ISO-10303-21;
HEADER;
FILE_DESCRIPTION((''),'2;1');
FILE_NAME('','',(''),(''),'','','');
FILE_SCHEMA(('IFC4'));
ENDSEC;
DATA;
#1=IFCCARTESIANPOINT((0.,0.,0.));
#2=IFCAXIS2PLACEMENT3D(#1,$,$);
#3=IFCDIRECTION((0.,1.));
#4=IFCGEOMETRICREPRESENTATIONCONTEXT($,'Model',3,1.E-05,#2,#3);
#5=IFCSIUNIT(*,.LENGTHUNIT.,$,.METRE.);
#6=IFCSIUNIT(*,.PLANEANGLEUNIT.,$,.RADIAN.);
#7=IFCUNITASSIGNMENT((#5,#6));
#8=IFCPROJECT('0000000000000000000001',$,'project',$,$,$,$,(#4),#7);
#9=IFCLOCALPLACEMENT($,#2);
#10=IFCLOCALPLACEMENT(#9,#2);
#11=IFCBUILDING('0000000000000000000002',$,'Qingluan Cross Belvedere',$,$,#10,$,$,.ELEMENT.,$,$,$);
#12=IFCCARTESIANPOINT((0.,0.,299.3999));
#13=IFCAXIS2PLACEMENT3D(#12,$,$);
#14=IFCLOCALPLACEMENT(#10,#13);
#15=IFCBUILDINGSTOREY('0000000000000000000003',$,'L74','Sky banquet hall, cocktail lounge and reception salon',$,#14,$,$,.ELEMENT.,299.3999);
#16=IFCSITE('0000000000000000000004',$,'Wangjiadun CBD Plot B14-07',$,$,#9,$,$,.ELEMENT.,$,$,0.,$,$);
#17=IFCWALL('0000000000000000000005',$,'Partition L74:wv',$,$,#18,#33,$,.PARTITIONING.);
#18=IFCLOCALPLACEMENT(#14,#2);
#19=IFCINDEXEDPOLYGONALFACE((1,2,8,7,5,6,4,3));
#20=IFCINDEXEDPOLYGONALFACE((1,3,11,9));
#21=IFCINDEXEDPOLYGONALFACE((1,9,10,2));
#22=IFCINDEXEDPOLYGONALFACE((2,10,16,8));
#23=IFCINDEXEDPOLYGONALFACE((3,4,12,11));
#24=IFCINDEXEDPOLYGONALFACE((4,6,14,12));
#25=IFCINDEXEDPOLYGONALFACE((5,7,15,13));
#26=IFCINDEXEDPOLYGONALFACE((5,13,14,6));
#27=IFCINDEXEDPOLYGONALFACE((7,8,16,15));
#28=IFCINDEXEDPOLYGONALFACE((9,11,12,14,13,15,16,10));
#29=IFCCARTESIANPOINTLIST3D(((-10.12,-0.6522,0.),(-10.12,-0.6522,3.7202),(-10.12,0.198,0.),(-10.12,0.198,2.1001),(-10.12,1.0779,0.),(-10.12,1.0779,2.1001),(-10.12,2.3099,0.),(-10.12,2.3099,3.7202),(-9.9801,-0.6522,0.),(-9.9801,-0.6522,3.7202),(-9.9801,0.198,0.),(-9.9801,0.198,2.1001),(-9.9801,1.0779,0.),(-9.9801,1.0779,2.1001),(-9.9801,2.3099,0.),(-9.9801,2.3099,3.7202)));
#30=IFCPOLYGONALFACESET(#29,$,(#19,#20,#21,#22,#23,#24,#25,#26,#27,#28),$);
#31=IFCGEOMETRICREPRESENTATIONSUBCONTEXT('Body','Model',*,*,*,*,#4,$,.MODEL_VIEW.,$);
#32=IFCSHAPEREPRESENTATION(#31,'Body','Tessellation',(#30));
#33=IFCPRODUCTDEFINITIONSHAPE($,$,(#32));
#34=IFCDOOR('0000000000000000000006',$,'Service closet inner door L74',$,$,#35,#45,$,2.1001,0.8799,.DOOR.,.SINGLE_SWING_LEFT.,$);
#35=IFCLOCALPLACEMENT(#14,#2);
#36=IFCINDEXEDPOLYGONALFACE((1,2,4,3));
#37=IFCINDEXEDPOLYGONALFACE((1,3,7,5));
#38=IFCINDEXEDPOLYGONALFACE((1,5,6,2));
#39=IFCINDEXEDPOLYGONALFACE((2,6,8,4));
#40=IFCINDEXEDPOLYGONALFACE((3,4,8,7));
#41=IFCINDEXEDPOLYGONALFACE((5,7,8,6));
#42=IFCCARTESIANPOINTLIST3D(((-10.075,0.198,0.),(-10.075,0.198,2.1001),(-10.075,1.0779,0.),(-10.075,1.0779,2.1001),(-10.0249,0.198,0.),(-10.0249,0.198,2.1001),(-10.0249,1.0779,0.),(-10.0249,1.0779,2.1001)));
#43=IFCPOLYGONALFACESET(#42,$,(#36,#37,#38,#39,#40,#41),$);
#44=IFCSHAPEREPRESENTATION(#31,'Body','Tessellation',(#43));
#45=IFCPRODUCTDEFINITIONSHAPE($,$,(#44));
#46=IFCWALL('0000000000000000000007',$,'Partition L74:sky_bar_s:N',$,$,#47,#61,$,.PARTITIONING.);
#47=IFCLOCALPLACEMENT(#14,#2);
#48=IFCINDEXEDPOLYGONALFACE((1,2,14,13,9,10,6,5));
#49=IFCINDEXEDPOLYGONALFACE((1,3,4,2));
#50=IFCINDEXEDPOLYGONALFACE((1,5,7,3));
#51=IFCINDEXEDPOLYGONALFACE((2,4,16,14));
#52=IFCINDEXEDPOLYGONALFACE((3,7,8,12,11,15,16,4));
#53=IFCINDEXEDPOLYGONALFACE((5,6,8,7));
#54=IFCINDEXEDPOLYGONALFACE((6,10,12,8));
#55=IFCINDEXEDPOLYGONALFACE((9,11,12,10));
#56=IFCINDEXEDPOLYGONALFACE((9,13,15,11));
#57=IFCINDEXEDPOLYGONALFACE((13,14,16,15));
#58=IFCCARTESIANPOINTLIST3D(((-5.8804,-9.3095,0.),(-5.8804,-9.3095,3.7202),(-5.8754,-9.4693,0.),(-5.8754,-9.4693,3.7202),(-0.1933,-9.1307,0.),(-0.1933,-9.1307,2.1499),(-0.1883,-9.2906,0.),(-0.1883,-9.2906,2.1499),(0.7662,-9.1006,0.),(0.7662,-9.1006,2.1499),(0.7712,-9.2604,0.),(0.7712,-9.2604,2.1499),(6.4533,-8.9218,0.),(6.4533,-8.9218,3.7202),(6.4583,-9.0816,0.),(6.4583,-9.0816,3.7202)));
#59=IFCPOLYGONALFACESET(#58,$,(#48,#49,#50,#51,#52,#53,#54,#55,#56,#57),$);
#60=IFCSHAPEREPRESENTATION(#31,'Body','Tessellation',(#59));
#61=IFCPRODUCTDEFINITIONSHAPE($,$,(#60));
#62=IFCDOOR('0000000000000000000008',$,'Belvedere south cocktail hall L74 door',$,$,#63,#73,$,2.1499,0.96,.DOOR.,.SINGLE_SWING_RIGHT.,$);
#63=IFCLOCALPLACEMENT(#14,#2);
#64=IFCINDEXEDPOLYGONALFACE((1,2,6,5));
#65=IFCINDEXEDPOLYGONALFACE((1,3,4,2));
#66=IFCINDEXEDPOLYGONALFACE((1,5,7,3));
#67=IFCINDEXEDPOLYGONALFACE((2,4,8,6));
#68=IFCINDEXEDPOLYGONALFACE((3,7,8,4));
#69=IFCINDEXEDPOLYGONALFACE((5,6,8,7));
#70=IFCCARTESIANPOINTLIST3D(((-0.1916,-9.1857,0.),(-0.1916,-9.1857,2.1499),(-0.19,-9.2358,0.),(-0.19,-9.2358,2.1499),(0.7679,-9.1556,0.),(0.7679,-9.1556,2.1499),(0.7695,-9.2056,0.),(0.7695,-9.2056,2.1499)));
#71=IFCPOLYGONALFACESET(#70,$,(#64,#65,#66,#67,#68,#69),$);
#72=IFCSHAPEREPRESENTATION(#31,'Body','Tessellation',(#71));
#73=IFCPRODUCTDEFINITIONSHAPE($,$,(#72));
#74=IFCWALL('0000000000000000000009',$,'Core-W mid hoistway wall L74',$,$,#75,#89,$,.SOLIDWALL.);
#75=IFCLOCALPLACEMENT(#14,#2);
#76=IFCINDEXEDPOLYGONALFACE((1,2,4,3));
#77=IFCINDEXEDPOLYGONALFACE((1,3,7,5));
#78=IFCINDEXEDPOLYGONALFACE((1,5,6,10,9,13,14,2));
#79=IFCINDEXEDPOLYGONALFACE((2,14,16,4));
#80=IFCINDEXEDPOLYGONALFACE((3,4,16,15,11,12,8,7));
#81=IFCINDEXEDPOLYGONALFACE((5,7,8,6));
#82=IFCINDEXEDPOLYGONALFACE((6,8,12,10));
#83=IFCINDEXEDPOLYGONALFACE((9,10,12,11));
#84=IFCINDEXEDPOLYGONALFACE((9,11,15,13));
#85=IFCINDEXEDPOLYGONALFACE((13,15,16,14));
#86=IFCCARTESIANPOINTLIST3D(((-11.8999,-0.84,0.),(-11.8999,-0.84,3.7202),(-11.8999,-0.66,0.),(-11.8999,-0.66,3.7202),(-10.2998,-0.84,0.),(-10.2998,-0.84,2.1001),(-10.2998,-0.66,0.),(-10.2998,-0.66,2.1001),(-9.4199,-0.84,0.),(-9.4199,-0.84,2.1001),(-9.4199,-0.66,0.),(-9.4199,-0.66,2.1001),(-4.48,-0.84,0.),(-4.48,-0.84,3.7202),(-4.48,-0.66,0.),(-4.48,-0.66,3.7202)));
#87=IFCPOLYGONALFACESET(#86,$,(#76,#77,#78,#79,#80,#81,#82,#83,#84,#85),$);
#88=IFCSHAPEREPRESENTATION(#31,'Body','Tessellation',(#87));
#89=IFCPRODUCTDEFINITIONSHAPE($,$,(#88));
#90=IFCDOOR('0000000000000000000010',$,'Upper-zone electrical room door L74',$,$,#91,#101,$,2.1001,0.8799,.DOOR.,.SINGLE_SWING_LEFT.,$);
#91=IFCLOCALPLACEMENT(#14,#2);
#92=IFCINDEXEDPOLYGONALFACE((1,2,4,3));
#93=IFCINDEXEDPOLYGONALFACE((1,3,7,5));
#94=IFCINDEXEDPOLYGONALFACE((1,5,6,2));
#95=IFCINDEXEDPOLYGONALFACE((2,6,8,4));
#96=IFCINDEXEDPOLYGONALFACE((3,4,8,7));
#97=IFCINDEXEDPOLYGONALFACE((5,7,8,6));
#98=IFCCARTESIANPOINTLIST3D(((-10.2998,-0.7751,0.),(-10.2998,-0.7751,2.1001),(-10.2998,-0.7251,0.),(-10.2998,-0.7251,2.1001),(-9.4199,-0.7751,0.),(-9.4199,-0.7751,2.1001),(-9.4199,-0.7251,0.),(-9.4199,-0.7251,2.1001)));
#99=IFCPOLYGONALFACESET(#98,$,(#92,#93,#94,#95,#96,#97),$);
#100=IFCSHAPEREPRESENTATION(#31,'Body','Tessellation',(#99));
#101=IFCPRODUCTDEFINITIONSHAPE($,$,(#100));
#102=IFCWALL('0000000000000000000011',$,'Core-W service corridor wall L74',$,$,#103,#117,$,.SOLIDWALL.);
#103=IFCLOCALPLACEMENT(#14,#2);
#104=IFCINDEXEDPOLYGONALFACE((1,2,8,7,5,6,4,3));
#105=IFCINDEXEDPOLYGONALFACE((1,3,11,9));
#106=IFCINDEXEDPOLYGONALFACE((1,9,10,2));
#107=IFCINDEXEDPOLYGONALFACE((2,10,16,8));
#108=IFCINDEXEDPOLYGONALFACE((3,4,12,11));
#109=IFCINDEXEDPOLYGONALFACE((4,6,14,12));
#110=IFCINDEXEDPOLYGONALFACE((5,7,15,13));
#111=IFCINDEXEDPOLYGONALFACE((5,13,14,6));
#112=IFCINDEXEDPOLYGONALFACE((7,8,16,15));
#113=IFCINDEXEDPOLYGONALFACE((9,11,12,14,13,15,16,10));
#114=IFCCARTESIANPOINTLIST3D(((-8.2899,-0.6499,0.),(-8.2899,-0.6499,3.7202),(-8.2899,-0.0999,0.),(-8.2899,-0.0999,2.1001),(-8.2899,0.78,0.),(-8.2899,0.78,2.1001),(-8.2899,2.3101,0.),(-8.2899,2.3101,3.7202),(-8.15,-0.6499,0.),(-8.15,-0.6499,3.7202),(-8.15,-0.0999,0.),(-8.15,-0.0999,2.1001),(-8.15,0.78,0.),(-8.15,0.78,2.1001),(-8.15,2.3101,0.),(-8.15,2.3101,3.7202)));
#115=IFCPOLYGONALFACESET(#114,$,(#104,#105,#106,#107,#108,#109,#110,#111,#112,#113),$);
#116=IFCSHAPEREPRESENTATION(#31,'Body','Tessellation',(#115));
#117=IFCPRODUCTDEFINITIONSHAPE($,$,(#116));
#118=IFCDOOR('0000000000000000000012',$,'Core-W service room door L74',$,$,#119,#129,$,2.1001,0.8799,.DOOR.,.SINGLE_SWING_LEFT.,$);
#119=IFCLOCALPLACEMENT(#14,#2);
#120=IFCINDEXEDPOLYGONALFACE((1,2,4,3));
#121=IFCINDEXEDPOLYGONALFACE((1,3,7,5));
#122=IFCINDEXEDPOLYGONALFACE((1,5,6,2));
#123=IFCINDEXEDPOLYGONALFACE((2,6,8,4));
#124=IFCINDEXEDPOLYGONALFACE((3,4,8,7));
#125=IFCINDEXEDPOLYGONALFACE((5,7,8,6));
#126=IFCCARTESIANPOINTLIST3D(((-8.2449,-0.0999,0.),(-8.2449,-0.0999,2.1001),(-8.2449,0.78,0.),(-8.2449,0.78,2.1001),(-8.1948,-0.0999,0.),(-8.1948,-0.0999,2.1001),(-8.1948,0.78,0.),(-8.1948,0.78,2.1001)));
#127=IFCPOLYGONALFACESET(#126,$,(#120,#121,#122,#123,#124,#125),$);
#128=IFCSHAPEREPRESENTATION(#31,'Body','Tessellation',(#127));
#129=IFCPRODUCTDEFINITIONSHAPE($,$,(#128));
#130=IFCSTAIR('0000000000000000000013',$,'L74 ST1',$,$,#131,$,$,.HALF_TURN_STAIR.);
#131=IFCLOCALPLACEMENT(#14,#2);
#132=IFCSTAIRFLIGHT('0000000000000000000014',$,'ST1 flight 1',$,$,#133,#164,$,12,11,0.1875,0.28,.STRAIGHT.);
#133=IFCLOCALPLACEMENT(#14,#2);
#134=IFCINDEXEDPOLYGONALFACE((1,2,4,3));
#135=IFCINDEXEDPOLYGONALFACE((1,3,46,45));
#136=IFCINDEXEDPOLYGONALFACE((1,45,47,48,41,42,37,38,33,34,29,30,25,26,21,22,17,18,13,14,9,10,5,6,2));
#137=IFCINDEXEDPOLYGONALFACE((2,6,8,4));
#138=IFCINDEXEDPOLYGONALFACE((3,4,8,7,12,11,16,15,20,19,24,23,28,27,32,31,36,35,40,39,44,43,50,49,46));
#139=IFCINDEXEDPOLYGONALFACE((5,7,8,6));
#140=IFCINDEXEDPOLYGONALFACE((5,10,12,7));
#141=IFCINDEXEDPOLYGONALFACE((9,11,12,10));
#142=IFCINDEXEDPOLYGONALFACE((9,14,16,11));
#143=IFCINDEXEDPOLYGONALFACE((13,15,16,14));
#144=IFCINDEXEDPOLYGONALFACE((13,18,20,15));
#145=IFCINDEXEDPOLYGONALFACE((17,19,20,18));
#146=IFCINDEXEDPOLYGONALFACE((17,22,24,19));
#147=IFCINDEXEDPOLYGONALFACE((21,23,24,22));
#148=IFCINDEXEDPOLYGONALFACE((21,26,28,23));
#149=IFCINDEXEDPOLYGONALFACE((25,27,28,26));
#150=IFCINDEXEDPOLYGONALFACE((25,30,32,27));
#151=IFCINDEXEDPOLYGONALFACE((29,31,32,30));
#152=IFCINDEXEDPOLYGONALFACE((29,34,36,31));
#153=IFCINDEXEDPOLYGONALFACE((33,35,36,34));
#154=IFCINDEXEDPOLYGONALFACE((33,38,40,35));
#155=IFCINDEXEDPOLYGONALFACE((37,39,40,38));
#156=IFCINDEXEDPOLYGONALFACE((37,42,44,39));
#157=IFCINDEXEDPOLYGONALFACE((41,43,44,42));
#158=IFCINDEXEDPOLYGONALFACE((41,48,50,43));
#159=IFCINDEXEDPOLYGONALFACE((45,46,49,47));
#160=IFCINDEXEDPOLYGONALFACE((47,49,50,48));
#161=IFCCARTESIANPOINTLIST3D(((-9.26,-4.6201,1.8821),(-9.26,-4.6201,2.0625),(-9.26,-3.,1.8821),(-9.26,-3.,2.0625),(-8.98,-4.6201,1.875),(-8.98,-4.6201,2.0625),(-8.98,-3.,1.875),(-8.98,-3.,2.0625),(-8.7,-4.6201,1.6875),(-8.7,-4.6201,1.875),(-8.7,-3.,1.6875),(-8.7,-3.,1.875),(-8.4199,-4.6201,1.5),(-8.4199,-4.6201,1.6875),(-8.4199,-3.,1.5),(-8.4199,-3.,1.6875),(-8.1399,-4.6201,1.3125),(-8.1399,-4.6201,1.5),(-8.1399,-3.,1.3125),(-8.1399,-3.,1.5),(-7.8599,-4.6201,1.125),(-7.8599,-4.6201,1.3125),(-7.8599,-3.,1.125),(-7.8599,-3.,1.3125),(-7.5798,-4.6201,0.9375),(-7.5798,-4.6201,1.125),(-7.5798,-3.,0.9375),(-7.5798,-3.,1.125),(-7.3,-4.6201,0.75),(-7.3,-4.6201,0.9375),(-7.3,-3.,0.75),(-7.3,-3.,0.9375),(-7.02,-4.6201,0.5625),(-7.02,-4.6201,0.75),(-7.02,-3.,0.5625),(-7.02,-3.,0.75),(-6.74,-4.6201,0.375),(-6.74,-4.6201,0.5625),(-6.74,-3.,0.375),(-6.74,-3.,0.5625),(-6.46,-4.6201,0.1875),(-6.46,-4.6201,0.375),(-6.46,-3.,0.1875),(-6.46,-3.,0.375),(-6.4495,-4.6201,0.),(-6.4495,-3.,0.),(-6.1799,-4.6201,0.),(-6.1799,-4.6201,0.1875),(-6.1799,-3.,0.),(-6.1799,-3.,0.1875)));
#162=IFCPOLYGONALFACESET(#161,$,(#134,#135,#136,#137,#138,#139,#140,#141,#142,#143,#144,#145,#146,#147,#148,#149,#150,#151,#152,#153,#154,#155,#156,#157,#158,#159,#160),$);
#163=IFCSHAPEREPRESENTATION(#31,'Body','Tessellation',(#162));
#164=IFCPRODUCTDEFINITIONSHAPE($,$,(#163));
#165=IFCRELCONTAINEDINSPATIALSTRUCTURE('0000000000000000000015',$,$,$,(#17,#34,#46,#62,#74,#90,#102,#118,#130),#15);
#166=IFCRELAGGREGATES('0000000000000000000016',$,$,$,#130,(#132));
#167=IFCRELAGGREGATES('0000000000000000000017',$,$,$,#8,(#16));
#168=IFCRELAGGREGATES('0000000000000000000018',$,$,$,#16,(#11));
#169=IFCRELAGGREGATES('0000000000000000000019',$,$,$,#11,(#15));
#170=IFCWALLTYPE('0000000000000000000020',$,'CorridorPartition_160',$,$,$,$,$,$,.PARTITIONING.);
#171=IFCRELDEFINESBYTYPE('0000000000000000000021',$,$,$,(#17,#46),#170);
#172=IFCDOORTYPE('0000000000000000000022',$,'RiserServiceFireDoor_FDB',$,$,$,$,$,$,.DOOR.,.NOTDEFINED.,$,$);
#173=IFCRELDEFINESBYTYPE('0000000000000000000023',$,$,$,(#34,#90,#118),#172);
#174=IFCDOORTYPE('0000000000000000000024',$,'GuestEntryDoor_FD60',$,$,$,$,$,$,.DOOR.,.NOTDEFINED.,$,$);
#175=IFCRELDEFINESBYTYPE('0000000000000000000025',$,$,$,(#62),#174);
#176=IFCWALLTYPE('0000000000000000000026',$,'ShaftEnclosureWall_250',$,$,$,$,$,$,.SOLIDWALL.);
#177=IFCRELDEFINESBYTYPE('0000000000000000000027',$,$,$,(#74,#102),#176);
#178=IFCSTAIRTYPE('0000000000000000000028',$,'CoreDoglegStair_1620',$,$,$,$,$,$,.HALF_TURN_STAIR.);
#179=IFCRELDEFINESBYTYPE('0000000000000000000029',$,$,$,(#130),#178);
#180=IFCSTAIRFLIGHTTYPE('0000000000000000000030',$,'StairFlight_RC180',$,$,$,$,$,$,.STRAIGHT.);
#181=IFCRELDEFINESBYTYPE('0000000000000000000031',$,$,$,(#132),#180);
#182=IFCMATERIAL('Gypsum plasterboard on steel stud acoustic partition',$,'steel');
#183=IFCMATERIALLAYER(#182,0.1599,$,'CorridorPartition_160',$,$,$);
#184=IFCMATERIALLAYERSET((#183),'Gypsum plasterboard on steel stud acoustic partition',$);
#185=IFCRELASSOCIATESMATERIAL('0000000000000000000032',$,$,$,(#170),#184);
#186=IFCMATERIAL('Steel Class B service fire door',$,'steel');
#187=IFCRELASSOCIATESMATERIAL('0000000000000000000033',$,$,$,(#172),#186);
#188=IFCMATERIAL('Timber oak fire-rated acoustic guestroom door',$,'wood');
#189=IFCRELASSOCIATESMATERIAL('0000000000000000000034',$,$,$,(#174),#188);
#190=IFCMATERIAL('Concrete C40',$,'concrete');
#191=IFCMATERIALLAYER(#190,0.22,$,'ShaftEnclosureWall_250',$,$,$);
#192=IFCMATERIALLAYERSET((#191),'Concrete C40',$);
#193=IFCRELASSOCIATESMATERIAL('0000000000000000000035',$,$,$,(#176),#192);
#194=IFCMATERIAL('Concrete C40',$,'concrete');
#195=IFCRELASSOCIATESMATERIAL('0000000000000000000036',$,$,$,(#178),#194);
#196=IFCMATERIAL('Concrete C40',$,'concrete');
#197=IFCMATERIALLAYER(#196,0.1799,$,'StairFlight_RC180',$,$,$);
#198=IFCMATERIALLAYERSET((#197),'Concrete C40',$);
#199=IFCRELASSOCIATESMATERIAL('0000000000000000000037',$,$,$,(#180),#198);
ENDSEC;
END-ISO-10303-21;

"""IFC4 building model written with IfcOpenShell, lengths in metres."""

from ifc_helpers import new_model, si_unit, direction, frame, frame_2d, origin, place, context, subcontext, project, spatial, polyline, rectangle, outline, extrude, material, layer, layer_set, type_object, element, fill, aggregate, save


model = new_model("IFC4")

# Units and contexts
model_context = context("Model", 3, precision=1e-05, world=origin(), true_north=direction((0.0, 1.0)))
body_context = subcontext(model_context, "Body", "Model", "MODEL_VIEW")
ifc_project = project(units=[si_unit("LENGTHUNIT", "METRE"), si_unit("PLANEANGLEUNIT", "RADIAN")], contexts=[model_context])

# Site, building, storey
site_placement = place(None, origin())
site = spatial("IfcSite", under=ifc_project, at=site_placement, Name="Wangjiadun CBD Plot B14-07", CompositionType="ELEMENT", RefElevation=0.0)
building_placement = place(site_placement, origin())
building = spatial("IfcBuilding", under=site, at=building_placement, Name="Qingluan Cross Belvedere", CompositionType="ELEMENT")
storey_placement = place(building_placement, frame((0.0, 0.0, 299.3999)))
storey = spatial("IfcBuildingStorey", under=building, at=storey_placement, Name="L74", Description="Sky banquet hall, cocktail lounge and reception salon", CompositionType="ELEMENT", Elevation=299.3999)

# Walls, openings, doors
ifc_material_1 = material(Name="Gypsum plasterboard on steel stud acoustic partition", Category="steel")
ifc_layer_1 = layer(ifc_material_1, 0.1599, Name="CorridorPartition_160")
ifc_layer_set_1 = layer_set([ifc_layer_1], Name="Gypsum plasterboard on steel stud acoustic partition")
wall_type_1 = type_object("IfcWallType", Name="CorridorPartition_160", PredefinedType="PARTITIONING", material=ifc_layer_set_1)
wall_1_placement = place(storey_placement, frame((-10.05, -0.6521, 0.0), z_axis=(0.0, 0.0, 1.0), x_axis=(0.0, 1.0, 0.0)))
wall_1 = element("IfcWall", 1, at=wall_1_placement, inside=storey, type_object=wall_type_1, Name="Partition L74:wv", PredefinedType="PARTITIONING", context=body_context, shape_type="SweptSolid", body=[
    extrude(rectangle(XDim=2.9622, YDim=0.1399, at=frame_2d((1.481, 0.0))), origin(), (0.0, 0.0, 1.0), 3.7202),
])
opening_1_placement = place(wall_1_placement, frame((0.8501, 0.0, 0.0)))
opening_1 = element("IfcOpeningElement", 2, at=opening_1_placement, cuts=wall_1, PredefinedType="OPENING", context=body_context, shape_type="SweptSolid", body=[
    extrude(rectangle(XDim=0.8799, YDim=2.1001, at=frame_2d((0.4399, 1.05))), frame((0.0, 0.0798, 0.0), z_axis=(0.0, -1.0, 0.0), x_axis=(1.0, 0.0, 0.0)), (0.0, 0.0, 1.0), 0.1599),
])
ifc_material_2 = material(Name="Steel Class B service fire door", Category="steel")
door_type_1 = type_object("IfcDoorType", Name="RiserServiceFireDoor_FDB", OperationType="NOTDEFINED", PredefinedType="DOOR", material=ifc_material_2)
door_1_placement = place(opening_1_placement, origin())
door_1 = element("IfcDoor", 3, at=door_1_placement, inside=storey, type_object=door_type_1, Name="Service closet inner door L74", OperationType="SINGLE_SWING_LEFT", OverallHeight=2.1001, OverallWidth=0.8799, PredefinedType="DOOR", context=body_context, shape_type="SweptSolid", body=[
    extrude(rectangle(XDim=0.8799, YDim=2.1001, at=frame_2d((0.4399, 1.05))), frame((0.0, 0.0249, 0.0), z_axis=(0.0, -1.0, 0.0), x_axis=(1.0, 0.0, 0.0)), (0.0, 0.0, 1.0), 0.05),
])
fill(opening_1, door_1)
wall_2_placement = place(storey_placement, frame((-5.8779, -9.3894, 0.0), z_axis=(0.0, 0.0, 1.0), x_axis=(0.999506, 0.031418, 0.0)))
wall_2 = element("IfcWall", 4, at=wall_2_placement, inside=storey, type_object=wall_type_1, Name="Partition L74:sky_bar_s:N", PredefinedType="PARTITIONING", context=body_context, shape_type="SweptSolid", body=[
    extrude(rectangle(XDim=12.3398, YDim=0.1599, at=frame_2d((6.1699, 0.0))), origin(), (0.0, 0.0, 1.0), 3.7202),
])
opening_2_placement = place(wall_2_placement, frame((5.6899, 0.0, 0.0)))
opening_2 = element("IfcOpeningElement", 5, at=opening_2_placement, cuts=wall_2, PredefinedType="OPENING", context=body_context, shape_type="SweptSolid", body=[
    extrude(rectangle(XDim=0.96, YDim=2.1499, at=frame_2d((0.48, 1.075))), frame((0.0, 0.0898, 0.0), z_axis=(0.0, -1.0, 0.0), x_axis=(1.0, 0.0, 0.0)), (0.0, 0.0, 1.0), 0.1799),
])
ifc_material_3 = material(Name="Timber oak fire-rated acoustic guestroom door", Category="wood")
door_type_2 = type_object("IfcDoorType", Name="GuestEntryDoor_FD60", OperationType="NOTDEFINED", PredefinedType="DOOR", material=ifc_material_3)
door_2_placement = place(opening_2_placement, origin())
door_2 = element("IfcDoor", 6, at=door_2_placement, inside=storey, type_object=door_type_2, Name="Belvedere south cocktail hall L74 door", OperationType="SINGLE_SWING_RIGHT", OverallHeight=2.1499, OverallWidth=0.96, PredefinedType="DOOR", context=body_context, shape_type="SweptSolid", body=[
    extrude(rectangle(XDim=0.96, YDim=2.1499, at=frame_2d((0.48, 1.075))), frame((0.0, 0.0249, 0.0), z_axis=(0.0, -1.0, 0.0), x_axis=(1.0, 0.0, 0.0)), (0.0, 0.0, 1.0), 0.05),
])
fill(opening_2, door_2)
ifc_material_4 = material(Name="Concrete C40", Category="concrete")
ifc_layer_2 = layer(ifc_material_4, 0.22, Name="ShaftEnclosureWall_250")
ifc_layer_set_2 = layer_set([ifc_layer_2], Name="Concrete C40")
wall_type_2 = type_object("IfcWallType", Name="ShaftEnclosureWall_250", PredefinedType="SOLIDWALL", material=ifc_layer_set_2)
wall_3_placement = place(storey_placement, frame((-11.8999, -0.75, 0.0), z_axis=(0.0, 0.0, 1.0), x_axis=(1.0, 0.0, 0.0)))
wall_3 = element("IfcWall", 7, at=wall_3_placement, inside=storey, type_object=wall_type_2, Name="Core-W mid hoistway wall L74", PredefinedType="SOLIDWALL", context=body_context, shape_type="SweptSolid", body=[
    extrude(rectangle(XDim=7.4199, YDim=0.1799, at=frame_2d((3.71, 0.0))), origin(), (0.0, 0.0, 1.0), 3.7202),
])
opening_3_placement = place(wall_3_placement, frame((1.6001, 0.0, 0.0)))
opening_3 = element("IfcOpeningElement", 8, at=opening_3_placement, cuts=wall_3, PredefinedType="OPENING", context=body_context, shape_type="SweptSolid", body=[
    extrude(rectangle(XDim=0.8799, YDim=2.1001, at=frame_2d((0.4399, 1.05))), frame((0.0, 0.0999, 0.0), z_axis=(0.0, -1.0, 0.0), x_axis=(1.0, 0.0, 0.0)), (0.0, 0.0, 1.0), 0.2),
])
door_3_placement = place(opening_3_placement, origin())
door_3 = element("IfcDoor", 9, at=door_3_placement, inside=storey, type_object=door_type_1, Name="Upper-zone electrical room door L74", OperationType="SINGLE_SWING_LEFT", OverallHeight=2.1001, OverallWidth=0.8799, PredefinedType="DOOR", context=body_context, shape_type="SweptSolid", body=[
    extrude(rectangle(XDim=0.8799, YDim=2.1001, at=frame_2d((0.4399, 1.05))), frame((0.0, 0.0249, 0.0), z_axis=(0.0, -1.0, 0.0), x_axis=(1.0, 0.0, 0.0)), (0.0, 0.0, 1.0), 0.05),
])
fill(opening_3, door_3)
wall_4_placement = place(storey_placement, frame((-8.22, -0.6499, 0.0), z_axis=(0.0, 0.0, 1.0), x_axis=(0.0, 1.0, 0.0)))
wall_4 = element("IfcWall", 10, at=wall_4_placement, inside=storey, type_object=wall_type_2, Name="Core-W service corridor wall L74", PredefinedType="SOLIDWALL", context=body_context, shape_type="SweptSolid", body=[
    extrude(rectangle(XDim=2.96, YDim=0.1399, at=frame_2d((1.48, 0.0))), origin(), (0.0, 0.0, 1.0), 3.7202),
])
opening_4_placement = place(wall_4_placement, frame((0.55, 0.0, 0.0)))
opening_4 = element("IfcOpeningElement", 11, at=opening_4_placement, cuts=wall_4, PredefinedType="OPENING", context=body_context, shape_type="SweptSolid", body=[
    extrude(rectangle(XDim=0.8799, YDim=2.1001, at=frame_2d((0.4399, 1.05))), frame((0.0, 0.0798, 0.0), z_axis=(0.0, -1.0, 0.0), x_axis=(1.0, 0.0, 0.0)), (0.0, 0.0, 1.0), 0.1599),
])
door_4_placement = place(opening_4_placement, origin())
door_4 = element("IfcDoor", 12, at=door_4_placement, inside=storey, type_object=door_type_1, Name="Core-W service room door L74", OperationType="SINGLE_SWING_LEFT", OverallHeight=2.1001, OverallWidth=0.8799, PredefinedType="DOOR", context=body_context, shape_type="SweptSolid", body=[
    extrude(rectangle(XDim=0.8799, YDim=2.1001, at=frame_2d((0.4399, 1.05))), frame((0.0, 0.0249, 0.0), z_axis=(0.0, -1.0, 0.0), x_axis=(1.0, 0.0, 0.0)), (0.0, 0.0, 1.0), 0.05),
])
fill(opening_4, door_4)

# Stair, stair flight
ifc_material_5 = material(Name="Concrete C40", Category="concrete")
stair_type = type_object("IfcStairType", Name="CoreDoglegStair_1620", PredefinedType="HALF_TURN_STAIR", material=ifc_material_5)
stair_placement = place(storey_placement, origin())
stair = element("IfcStair", 13, at=stair_placement, inside=storey, type_object=stair_type, Name="L74 ST1", PredefinedType="HALF_TURN_STAIR")
ifc_material_6 = material(Name="Concrete C40", Category="concrete")
ifc_layer_3 = layer(ifc_material_6, 0.1799, Name="StairFlight_RC180")
ifc_layer_set_3 = layer_set([ifc_layer_3], Name="Concrete C40")
stair_flight_type = type_object("IfcStairFlightType", Name="StairFlight_RC180", PredefinedType="STRAIGHT", material=ifc_layer_set_3)
stair_flight_1_placement = place(storey_placement, frame((-6.1799, -3.8101, 0.0), z_axis=(0.0, 0.0, 1.0), x_axis=(-1.0, 0.0, 0.0)))
stair_flight_1 = element("IfcStairFlight", 14, at=stair_flight_1_placement, type_object=stair_flight_type, Name="ST1 flight 1", NumberOfRisers=12, NumberOfTreads=11, PredefinedType="STRAIGHT", RiserHeight=0.1875, TreadLength=0.28, context=body_context, shape_type="SweptSolid", body=[
    extrude(outline(polyline([(0.0, 0.0), (0.0, 0.1875), (0.28, 0.1875), (0.28, 0.375), (0.5601, 0.375), (0.5601, 0.5625), (0.8401, 0.5625), (0.8401, 0.75), (1.1201, 0.75), (1.1201, 0.9375), (1.3999, 0.9375), (1.3999, 1.125), (1.6799, 1.125), (1.6799, 1.3125), (1.96, 1.3125), (1.96, 1.5), (2.24, 1.5), (2.24, 1.6875), (2.52, 1.6875), (2.52, 1.875), (2.8, 1.875), (2.8, 2.0625), (3.0801, 2.0625), (3.0801, 2.25), (3.0801, 1.8821), (0.2695, 0.0), (0.0, 0.0)])), frame((0.0, 0.8101, 0.0), z_axis=(0.0, -1.0, 0.0), x_axis=(1.0, 0.0, 0.0)), (0.0, 0.0, 1.0), 1.6201),
])
aggregate(stair, [stair_flight_1])

save(model, "model.ifc")
